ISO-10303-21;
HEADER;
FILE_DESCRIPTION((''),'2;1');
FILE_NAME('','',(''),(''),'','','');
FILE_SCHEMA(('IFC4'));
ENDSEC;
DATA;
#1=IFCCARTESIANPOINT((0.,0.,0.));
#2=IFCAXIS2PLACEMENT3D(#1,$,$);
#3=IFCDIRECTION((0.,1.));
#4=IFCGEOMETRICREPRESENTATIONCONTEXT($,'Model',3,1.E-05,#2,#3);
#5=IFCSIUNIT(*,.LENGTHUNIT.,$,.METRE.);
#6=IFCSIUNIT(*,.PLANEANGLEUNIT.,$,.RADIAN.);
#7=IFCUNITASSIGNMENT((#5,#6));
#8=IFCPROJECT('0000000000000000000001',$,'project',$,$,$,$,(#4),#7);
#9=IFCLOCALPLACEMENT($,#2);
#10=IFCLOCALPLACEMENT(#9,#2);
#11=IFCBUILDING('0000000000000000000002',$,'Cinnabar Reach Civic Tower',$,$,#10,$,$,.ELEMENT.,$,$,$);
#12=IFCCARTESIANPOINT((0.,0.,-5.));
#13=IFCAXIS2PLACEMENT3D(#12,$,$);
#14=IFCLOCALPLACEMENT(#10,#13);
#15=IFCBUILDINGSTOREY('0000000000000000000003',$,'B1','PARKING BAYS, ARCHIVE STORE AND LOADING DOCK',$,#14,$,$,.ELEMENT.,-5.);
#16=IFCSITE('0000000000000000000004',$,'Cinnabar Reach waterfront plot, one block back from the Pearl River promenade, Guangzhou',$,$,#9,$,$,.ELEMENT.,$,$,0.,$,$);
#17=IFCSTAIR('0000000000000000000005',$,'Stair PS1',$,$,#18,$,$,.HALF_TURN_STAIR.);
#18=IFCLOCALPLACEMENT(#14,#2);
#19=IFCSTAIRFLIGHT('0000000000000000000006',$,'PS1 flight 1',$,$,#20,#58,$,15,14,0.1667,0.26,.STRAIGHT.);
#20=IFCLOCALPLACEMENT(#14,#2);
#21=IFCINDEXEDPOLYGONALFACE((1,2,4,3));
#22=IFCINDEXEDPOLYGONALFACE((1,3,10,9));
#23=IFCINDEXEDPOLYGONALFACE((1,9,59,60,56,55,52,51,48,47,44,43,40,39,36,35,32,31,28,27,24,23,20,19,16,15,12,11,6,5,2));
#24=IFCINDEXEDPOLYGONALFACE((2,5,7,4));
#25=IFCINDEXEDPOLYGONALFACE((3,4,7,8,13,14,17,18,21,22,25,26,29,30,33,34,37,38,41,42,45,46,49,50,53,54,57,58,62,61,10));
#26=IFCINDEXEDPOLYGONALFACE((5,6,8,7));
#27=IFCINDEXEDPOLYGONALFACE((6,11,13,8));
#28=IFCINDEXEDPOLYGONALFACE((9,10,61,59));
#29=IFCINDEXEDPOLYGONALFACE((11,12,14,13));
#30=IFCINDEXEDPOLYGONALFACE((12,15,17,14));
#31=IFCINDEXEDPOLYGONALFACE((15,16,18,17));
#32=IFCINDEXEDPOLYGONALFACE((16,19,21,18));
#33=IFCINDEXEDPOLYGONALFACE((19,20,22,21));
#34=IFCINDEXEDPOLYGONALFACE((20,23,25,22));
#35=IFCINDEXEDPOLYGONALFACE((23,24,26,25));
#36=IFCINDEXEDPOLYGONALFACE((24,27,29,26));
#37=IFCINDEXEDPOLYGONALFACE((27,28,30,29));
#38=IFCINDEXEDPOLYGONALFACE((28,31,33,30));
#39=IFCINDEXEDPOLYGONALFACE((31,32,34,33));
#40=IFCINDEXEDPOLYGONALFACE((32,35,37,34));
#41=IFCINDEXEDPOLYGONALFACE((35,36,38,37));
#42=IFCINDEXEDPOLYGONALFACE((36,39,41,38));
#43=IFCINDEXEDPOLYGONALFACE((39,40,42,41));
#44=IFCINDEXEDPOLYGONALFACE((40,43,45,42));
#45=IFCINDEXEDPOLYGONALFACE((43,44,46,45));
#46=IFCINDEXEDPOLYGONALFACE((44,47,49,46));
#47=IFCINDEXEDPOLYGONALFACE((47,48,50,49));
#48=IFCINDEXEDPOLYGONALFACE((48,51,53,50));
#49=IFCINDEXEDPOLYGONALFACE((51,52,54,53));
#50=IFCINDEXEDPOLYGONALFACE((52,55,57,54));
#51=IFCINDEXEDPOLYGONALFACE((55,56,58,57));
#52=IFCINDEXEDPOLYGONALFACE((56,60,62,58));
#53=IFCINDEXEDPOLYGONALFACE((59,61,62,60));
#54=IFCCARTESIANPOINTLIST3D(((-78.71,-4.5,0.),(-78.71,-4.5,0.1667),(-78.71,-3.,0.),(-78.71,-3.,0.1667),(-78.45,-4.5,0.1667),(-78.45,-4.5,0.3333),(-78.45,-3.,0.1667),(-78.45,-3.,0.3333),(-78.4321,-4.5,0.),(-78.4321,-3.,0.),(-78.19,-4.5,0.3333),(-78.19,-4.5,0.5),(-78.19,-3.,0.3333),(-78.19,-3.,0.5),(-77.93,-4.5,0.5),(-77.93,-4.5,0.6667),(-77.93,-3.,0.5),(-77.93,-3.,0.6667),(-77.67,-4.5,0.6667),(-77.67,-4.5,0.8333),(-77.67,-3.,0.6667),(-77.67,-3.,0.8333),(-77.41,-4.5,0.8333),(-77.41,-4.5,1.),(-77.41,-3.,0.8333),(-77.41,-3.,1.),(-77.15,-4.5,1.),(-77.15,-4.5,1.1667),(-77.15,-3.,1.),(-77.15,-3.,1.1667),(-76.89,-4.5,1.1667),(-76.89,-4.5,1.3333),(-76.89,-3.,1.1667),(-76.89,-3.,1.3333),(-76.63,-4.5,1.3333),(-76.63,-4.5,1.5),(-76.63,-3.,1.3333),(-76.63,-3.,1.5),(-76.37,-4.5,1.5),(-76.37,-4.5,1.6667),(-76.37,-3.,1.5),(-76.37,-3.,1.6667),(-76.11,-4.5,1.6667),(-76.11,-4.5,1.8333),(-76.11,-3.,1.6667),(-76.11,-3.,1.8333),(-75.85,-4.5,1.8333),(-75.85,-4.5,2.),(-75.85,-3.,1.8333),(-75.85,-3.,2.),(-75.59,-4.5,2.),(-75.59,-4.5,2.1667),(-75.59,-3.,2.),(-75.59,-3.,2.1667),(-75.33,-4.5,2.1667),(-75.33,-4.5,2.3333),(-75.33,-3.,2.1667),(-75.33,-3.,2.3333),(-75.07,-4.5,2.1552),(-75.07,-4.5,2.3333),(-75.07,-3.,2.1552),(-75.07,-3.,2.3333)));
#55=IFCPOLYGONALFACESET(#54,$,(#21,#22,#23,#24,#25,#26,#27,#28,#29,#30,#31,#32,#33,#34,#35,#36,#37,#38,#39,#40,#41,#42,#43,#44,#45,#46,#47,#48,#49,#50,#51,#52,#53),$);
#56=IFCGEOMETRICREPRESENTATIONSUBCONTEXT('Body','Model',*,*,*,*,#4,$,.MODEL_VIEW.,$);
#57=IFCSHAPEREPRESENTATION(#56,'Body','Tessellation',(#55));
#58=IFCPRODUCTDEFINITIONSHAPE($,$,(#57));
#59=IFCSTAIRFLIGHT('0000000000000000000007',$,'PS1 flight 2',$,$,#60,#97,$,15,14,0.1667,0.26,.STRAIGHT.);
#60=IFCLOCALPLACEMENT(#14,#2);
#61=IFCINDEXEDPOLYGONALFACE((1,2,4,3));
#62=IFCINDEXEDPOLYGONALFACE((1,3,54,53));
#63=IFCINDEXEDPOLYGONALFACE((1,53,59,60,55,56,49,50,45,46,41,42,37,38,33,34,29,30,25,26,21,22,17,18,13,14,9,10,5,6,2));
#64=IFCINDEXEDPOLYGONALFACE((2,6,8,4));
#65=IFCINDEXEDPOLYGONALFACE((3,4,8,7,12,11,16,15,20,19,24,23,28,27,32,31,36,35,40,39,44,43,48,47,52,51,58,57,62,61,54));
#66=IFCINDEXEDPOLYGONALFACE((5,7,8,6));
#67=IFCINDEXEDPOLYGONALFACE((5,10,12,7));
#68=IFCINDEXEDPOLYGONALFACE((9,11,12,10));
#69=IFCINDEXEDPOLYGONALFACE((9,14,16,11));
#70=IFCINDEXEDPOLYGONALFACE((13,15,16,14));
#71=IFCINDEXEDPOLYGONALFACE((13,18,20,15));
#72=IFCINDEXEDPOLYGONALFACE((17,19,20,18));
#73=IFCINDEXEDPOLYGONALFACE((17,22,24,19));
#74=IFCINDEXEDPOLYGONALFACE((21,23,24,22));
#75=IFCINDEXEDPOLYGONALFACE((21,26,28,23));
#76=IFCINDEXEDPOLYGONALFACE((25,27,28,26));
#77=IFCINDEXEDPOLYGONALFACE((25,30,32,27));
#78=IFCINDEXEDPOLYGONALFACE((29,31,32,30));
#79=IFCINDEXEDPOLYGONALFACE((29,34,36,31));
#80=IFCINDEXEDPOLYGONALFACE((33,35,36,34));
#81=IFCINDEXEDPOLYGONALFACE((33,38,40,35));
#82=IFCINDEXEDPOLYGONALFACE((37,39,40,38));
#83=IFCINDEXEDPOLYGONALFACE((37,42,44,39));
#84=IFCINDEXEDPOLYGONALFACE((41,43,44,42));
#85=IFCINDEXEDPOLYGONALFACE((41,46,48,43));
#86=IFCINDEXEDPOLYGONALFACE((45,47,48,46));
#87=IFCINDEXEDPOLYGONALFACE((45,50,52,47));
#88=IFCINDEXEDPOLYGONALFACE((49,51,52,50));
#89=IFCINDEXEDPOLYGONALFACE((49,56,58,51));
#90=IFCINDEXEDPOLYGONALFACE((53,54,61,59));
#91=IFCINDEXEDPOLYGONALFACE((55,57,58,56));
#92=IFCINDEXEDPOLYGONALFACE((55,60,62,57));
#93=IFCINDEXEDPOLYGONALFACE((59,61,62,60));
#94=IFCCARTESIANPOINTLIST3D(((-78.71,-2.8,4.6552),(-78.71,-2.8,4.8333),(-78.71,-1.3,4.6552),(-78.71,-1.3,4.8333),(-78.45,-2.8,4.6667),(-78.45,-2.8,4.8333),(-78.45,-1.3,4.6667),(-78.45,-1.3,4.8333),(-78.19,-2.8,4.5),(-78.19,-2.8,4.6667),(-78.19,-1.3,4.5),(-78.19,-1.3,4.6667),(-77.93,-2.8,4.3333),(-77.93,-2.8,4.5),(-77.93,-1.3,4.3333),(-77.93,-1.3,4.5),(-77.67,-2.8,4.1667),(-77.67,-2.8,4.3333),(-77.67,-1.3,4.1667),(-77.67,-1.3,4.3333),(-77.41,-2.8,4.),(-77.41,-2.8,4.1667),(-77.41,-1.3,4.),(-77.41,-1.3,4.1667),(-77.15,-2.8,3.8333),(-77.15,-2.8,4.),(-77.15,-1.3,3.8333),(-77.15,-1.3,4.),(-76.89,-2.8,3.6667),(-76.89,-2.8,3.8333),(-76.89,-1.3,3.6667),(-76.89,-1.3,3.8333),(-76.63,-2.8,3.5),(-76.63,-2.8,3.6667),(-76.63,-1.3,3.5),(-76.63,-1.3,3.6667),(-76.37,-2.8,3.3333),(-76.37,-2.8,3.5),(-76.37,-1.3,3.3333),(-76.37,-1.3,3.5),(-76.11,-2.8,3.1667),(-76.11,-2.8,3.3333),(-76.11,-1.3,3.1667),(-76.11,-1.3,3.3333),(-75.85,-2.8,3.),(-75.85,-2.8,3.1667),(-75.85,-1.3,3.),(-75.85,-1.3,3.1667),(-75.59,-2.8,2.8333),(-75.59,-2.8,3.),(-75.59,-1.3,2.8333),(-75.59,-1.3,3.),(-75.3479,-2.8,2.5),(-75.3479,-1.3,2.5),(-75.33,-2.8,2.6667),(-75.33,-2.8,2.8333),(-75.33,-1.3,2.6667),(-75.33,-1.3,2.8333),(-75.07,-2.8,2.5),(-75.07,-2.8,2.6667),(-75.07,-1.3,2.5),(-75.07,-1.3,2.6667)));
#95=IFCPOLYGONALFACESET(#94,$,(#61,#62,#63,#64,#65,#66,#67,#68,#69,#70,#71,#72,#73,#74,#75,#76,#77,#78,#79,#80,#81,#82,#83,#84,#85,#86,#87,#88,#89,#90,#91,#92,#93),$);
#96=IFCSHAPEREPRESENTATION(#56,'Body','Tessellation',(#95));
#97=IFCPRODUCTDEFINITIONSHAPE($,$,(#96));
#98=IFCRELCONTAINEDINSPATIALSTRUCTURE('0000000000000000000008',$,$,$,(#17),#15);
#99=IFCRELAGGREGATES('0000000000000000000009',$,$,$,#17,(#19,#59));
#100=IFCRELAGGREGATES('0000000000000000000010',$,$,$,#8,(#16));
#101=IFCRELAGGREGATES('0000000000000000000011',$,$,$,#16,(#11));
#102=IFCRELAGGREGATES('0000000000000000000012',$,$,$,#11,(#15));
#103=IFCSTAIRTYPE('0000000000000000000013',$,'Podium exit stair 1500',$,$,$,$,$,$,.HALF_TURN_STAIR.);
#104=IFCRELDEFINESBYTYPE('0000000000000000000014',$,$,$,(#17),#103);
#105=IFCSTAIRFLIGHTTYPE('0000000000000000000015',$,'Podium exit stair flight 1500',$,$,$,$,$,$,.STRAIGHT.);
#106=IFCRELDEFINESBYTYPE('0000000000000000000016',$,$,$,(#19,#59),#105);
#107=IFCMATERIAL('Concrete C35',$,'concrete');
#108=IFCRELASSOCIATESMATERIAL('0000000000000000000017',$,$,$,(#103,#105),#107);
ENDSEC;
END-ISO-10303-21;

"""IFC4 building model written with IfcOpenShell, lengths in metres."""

from ifc_helpers import new_model, si_unit, direction, frame, origin, place, context, subcontext, project, spatial, polyline, outline, extrude, material, type_object, element, aggregate, save


model = new_model("IFC4")

# Units and contexts
model_context = context("Model", 3, precision=1e-05, world=origin(), true_north=direction((0.0, 1.0)))
body_context = subcontext(model_context, "Body", "Model", "MODEL_VIEW")
ifc_project = project(units=[si_unit("LENGTHUNIT", "METRE"), si_unit("PLANEANGLEUNIT", "RADIAN")], contexts=[model_context])

# Site, building, storey
site_placement = place(None, origin())
site = spatial("IfcSite", under=ifc_project, at=site_placement, Name="Cinnabar Reach waterfront plot, one block back from the Pearl River promenade, Guangzhou", CompositionType="ELEMENT", RefElevation=0.0)
building_placement = place(site_placement, origin())
building = spatial("IfcBuilding", under=site, at=building_placement, Name="Cinnabar Reach Civic Tower", CompositionType="ELEMENT")
storey_placement = place(building_placement, frame((0.0, 0.0, -5.0)))
storey = spatial("IfcBuildingStorey", under=building, at=storey_placement, Name="B1", Description="PARKING BAYS, ARCHIVE STORE AND LOADING DOCK", CompositionType="ELEMENT", Elevation=-5.0)

# Stair, stair flights
ifc_material_1 = material(Name="Concrete C35", Category="concrete")
stair_type = type_object("IfcStairType", Name="Podium exit stair 1500", PredefinedType="HALF_TURN_STAIR", material=ifc_material_1)
stair_placement = place(storey_placement, origin())
stair = element("IfcStair", 1, at=stair_placement, inside=storey, type_object=stair_type, Name="Stair PS1", PredefinedType="HALF_TURN_STAIR")
stair_flight_type = type_object("IfcStairFlightType", Name="Podium exit stair flight 1500", PredefinedType="STRAIGHT", material=ifc_material_1)
stair_flight_1_placement = place(storey_placement, frame((-78.71, -3.75, 0.0), z_axis=(0.0, 0.0, 1.0), x_axis=(1.0, 0.0, 0.0)))
stair_flight_1 = element("IfcStairFlight", 2, at=stair_flight_1_placement, type_object=stair_flight_type, Name="PS1 flight 1", NumberOfRisers=15, NumberOfTreads=14, PredefinedType="STRAIGHT", RiserHeight=0.1667, TreadLength=0.26, context=body_context, shape_type="SweptSolid", body=[
    extrude(outline(polyline([(0.0, 0.0), (0.0, 0.1667), (0.26, 0.1667), (0.26, 0.3333), (0.52, 0.3333), (0.52, 0.5), (0.78, 0.5), (0.78, 0.6667), (1.04, 0.6667), (1.04, 0.8333), (1.3, 0.8333), (1.3, 1.0), (1.56, 1.0), (1.56, 1.1667), (1.82, 1.1667), (1.82, 1.3333), (2.08, 1.3333), (2.08, 1.5), (2.34, 1.5), (2.34, 1.6667), (2.6, 1.6667), (2.6, 1.8333), (2.86, 1.8333), (2.86, 2.0), (3.12, 2.0), (3.12, 2.1667), (3.38, 2.1667), (3.38, 2.3333), (3.64, 2.3333), (3.64, 2.5), (3.64, 2.1552), (0.2779, 0.0), (0.0, 0.0)])), frame((0.0, 0.75, 0.0), z_axis=(0.0, -1.0, 0.0), x_axis=(1.0, 0.0, 0.0)), (0.0, 0.0, 1.0), 1.5),
])
stair_flight_2_placement = place(storey_placement, frame((-75.07, -2.05, 2.5), z_axis=(0.0, 0.0, 1.0), x_axis=(-1.0, 0.0, 0.0)))
stair_flight_2 = element("IfcStairFlight", 3, at=stair_flight_2_placement, type_object=stair_flight_type, Name="PS1 flight 2", NumberOfRisers=15, NumberOfTreads=14, PredefinedType="STRAIGHT", RiserHeight=0.1667, TreadLength=0.26, context=body_context, shape_type="SweptSolid", body=[
    extrude(outline(polyline([(0.0, 0.0), (0.0, 0.1667), (0.26, 0.1667), (0.26, 0.3333), (0.52, 0.3333), (0.52, 0.5), (0.78, 0.5), (0.78, 0.6667), (1.04, 0.6667), (1.04, 0.8333), (1.3, 0.8333), (1.3, 1.0), (1.56, 1.0), (1.56, 1.1667), (1.82, 1.1667), (1.82, 1.3333), (2.08, 1.3333), (2.08, 1.5), (2.34, 1.5), (2.34, 1.6667), (2.6, 1.6667), (2.6, 1.8333), (2.86, 1.8333), (2.86, 2.0), (3.12, 2.0), (3.12, 2.1667), (3.38, 2.1667), (3.38, 2.3333), (3.64, 2.3333), (3.64, 2.5), (3.64, 2.1552), (0.2779, 0.0), (0.0, 0.0)])), frame((0.0, 0.75, 0.0), z_axis=(0.0, -1.0, 0.0), x_axis=(1.0, 0.0, 0.0)), (0.0, 0.0, 1.0), 1.5),
])
aggregate(stair, [stair_flight_1, stair_flight_2])

save(model, "model.ifc")
